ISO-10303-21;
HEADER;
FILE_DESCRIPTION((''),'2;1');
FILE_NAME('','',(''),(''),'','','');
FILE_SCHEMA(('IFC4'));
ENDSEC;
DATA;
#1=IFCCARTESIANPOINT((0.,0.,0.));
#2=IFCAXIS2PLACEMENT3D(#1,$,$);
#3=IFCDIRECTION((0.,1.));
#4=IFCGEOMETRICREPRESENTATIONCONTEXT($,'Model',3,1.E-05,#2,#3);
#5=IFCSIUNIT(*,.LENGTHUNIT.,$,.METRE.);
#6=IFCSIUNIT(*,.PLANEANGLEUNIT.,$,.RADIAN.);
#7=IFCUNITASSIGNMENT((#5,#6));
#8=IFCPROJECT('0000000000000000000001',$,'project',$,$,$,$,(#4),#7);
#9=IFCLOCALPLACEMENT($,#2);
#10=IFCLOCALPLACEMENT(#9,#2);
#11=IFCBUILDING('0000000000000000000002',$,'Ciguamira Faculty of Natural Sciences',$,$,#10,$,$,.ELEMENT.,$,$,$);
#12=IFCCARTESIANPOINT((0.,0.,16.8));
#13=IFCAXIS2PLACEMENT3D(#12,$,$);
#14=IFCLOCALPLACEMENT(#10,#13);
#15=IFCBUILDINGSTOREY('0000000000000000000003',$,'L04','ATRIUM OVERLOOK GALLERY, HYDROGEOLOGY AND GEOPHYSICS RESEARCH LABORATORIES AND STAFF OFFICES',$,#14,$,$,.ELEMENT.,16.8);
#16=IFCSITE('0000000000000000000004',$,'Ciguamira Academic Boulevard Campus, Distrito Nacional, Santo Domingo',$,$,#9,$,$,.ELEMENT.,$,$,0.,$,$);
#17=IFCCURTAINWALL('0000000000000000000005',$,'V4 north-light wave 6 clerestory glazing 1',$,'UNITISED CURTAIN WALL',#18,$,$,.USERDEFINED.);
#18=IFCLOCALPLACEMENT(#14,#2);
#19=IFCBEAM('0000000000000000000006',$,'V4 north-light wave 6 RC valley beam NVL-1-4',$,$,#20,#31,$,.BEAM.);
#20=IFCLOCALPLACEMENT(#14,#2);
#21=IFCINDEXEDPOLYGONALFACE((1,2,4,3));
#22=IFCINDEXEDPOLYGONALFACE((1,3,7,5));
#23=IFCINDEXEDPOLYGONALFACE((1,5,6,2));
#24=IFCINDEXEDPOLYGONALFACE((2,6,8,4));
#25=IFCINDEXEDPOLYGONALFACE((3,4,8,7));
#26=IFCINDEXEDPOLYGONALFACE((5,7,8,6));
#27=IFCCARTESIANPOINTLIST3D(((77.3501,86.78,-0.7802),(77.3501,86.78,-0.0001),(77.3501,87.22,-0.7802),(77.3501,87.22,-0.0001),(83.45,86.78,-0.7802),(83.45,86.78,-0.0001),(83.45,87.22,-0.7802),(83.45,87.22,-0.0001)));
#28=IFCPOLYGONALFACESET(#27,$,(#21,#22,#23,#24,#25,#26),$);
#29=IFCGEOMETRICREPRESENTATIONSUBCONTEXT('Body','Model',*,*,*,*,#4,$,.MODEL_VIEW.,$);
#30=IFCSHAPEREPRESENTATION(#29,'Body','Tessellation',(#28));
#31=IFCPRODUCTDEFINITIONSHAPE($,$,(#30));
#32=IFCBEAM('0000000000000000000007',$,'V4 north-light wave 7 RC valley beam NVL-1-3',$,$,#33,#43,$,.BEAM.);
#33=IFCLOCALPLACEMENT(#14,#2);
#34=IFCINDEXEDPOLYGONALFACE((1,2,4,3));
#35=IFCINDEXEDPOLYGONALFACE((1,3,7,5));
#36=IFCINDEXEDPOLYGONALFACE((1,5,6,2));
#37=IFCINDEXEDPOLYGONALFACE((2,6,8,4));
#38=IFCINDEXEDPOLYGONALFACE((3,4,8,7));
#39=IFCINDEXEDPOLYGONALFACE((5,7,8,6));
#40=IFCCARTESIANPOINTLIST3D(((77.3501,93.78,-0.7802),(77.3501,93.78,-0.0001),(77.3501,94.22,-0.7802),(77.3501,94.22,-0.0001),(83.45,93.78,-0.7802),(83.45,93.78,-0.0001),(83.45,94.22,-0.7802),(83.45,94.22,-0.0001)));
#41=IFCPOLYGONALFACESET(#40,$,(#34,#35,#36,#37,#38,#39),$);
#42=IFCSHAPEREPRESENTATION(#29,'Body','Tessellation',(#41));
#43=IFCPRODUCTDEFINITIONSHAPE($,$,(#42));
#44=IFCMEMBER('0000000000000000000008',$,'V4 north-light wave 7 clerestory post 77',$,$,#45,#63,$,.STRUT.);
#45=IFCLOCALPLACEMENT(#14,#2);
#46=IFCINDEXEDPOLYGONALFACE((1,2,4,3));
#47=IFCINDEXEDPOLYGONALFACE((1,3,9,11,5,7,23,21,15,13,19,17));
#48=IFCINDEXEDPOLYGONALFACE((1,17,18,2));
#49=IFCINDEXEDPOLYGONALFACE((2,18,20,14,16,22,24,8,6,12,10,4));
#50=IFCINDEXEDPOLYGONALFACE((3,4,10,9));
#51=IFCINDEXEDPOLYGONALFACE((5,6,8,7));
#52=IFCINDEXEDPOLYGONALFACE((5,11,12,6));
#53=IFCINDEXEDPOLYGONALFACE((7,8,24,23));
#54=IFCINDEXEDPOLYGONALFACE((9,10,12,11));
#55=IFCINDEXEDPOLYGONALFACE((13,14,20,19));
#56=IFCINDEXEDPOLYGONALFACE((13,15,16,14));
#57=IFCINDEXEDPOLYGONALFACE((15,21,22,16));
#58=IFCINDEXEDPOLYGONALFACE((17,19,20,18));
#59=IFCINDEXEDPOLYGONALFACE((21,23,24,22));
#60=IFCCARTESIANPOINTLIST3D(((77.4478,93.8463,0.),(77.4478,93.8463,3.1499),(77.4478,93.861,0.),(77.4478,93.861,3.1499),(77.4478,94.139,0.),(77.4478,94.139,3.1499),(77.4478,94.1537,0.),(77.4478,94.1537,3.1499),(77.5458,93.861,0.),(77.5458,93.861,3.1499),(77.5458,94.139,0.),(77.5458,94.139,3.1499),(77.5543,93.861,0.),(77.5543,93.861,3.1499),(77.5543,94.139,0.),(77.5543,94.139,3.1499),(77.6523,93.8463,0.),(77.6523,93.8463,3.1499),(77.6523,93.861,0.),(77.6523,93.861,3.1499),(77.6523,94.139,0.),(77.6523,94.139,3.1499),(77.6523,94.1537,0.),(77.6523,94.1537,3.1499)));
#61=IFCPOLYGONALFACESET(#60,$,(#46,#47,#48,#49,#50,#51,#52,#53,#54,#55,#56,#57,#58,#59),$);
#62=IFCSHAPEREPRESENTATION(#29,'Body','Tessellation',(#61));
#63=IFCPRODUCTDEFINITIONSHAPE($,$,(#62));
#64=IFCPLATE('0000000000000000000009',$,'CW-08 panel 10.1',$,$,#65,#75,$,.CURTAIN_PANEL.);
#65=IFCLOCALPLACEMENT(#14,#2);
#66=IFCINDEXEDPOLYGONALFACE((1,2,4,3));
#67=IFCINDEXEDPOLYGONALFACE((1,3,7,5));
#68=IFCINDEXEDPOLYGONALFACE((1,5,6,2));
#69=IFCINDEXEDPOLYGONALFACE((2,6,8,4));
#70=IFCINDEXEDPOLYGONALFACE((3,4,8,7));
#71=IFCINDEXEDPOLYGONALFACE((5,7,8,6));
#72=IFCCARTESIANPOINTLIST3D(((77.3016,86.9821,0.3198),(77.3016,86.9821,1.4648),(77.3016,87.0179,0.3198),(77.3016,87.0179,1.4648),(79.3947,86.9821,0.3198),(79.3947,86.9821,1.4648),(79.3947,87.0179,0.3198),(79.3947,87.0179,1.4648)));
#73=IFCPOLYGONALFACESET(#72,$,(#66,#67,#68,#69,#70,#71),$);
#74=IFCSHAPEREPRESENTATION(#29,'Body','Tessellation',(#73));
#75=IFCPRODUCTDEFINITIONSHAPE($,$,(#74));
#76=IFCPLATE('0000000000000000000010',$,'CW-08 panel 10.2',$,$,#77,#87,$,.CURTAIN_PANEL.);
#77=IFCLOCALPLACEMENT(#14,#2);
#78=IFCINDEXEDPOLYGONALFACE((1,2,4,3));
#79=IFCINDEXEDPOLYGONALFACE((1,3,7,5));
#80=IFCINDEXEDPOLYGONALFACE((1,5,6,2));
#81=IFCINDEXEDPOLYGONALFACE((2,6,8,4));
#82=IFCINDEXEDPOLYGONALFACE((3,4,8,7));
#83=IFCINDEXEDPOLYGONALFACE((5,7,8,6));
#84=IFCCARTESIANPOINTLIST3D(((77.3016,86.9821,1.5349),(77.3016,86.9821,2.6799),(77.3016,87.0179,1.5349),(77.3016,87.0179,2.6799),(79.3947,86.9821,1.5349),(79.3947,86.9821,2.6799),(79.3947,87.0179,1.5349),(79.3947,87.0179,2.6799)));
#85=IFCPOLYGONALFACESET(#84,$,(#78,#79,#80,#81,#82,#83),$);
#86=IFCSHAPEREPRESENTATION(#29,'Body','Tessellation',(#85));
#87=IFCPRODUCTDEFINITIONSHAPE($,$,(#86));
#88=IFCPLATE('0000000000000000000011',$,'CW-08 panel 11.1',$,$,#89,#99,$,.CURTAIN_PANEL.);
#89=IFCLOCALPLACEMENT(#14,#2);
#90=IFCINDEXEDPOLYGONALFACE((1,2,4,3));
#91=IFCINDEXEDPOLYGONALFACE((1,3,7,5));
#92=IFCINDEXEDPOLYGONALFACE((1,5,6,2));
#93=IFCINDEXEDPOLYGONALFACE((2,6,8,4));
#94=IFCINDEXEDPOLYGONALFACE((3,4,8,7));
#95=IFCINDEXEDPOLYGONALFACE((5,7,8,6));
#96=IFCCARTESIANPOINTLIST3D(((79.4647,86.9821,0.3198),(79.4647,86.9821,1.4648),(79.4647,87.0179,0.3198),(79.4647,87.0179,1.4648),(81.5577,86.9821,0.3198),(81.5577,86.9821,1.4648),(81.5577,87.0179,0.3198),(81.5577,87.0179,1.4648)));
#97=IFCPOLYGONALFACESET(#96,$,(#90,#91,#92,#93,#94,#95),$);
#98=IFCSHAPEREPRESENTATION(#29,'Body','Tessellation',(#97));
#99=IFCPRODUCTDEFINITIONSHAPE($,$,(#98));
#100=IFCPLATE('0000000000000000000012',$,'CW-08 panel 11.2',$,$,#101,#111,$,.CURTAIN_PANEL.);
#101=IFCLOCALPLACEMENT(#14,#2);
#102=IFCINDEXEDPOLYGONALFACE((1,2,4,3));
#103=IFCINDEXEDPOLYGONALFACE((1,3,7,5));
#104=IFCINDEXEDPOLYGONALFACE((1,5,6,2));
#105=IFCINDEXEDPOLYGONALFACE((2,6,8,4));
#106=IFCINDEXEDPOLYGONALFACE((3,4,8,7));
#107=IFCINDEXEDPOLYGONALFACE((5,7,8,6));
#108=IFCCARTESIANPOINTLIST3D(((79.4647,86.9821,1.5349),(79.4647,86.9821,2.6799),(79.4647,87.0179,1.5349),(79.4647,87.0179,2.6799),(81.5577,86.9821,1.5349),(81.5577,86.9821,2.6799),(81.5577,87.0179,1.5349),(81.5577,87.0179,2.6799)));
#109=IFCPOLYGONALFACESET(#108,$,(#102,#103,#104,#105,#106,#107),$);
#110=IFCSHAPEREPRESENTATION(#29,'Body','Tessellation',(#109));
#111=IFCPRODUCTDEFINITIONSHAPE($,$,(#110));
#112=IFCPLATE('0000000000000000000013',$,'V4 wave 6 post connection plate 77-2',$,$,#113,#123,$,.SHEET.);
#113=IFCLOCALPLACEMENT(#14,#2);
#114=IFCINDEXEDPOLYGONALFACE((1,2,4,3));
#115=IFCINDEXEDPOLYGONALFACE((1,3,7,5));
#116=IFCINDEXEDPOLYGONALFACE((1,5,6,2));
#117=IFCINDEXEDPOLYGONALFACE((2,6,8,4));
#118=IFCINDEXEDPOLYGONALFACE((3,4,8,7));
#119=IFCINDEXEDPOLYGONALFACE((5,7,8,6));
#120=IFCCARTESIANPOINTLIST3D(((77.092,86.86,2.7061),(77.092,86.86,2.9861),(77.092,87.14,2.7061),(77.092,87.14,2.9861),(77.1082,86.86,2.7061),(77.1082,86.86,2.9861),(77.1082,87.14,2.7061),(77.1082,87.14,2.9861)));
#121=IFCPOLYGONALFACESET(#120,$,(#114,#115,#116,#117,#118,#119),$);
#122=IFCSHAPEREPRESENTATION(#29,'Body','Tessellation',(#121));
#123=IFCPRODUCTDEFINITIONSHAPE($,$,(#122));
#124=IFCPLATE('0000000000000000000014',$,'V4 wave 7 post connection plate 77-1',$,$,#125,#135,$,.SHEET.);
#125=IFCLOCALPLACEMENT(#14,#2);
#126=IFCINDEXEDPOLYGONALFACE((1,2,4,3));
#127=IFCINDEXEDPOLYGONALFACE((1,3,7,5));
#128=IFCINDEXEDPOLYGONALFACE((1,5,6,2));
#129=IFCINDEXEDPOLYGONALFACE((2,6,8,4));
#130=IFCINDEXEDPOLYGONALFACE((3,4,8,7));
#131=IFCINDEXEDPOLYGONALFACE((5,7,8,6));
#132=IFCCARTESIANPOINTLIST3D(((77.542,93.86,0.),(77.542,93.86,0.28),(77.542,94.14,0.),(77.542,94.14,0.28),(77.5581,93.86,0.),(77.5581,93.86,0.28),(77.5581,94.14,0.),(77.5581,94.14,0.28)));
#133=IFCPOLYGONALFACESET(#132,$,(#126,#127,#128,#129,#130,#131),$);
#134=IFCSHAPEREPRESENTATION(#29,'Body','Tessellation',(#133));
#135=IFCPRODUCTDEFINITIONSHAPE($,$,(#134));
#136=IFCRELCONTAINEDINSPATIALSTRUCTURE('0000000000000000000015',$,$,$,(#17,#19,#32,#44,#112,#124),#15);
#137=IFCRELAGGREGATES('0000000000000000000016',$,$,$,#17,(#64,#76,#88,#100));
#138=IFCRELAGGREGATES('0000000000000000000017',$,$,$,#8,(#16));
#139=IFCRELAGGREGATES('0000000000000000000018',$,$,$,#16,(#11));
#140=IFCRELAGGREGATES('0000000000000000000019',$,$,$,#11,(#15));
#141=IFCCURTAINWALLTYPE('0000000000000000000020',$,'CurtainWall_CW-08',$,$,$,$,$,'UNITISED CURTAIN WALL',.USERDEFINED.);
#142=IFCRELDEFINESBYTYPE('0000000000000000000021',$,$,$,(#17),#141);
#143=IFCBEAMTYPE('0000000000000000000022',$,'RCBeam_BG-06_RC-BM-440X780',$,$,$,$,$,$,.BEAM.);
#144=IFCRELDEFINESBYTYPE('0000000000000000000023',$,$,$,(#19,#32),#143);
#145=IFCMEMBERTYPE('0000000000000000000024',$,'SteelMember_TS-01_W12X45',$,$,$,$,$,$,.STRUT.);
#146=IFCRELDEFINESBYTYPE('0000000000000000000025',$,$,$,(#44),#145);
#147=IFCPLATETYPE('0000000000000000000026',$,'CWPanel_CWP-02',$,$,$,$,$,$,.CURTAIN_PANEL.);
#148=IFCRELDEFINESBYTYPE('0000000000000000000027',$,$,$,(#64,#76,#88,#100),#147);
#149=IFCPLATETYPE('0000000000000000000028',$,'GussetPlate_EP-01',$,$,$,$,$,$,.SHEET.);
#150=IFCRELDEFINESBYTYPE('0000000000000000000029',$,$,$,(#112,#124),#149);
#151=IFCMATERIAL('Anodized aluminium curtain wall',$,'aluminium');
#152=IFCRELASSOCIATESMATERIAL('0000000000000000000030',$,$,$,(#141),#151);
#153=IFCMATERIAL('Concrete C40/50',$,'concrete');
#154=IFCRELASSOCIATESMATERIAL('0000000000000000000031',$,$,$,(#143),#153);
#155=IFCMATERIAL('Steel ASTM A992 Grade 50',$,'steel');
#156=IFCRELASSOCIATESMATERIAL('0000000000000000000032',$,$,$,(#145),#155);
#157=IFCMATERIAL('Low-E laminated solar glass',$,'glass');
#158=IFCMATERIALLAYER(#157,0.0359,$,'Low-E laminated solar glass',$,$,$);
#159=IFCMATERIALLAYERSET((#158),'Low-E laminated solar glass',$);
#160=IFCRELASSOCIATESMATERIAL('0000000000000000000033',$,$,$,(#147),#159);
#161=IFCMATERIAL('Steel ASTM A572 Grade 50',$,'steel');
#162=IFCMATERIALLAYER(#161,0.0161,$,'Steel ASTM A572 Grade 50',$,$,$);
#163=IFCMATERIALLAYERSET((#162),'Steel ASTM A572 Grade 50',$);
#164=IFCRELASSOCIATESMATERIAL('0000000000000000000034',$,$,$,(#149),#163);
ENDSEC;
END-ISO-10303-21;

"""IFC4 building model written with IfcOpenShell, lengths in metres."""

from ifc_helpers import new_model, si_unit, direction, frame, origin, origin_2d, place, context, subcontext, project, spatial, rectangle, i_section, extrude, material, layer, layer_set, material_profile, profile_set, type_object, element, aggregate, save


model = new_model("IFC4")

# Units and contexts
model_context = context("Model", 3, precision=1e-05, world=origin(), true_north=direction((0.0, 1.0)))
body_context = subcontext(model_context, "Body", "Model", "MODEL_VIEW")
ifc_project = project(units=[si_unit("LENGTHUNIT", "METRE"), si_unit("PLANEANGLEUNIT", "RADIAN")], contexts=[model_context])

# Site, building, storey
site_placement = place(None, origin())
site = spatial("IfcSite", under=ifc_project, at=site_placement, Name="Ciguamira Academic Boulevard Campus, Distrito Nacional, Santo Domingo", CompositionType="ELEMENT", RefElevation=0.0)
building_placement = place(site_placement, origin())
building = spatial("IfcBuilding", under=site, at=building_placement, Name="Ciguamira Faculty of Natural Sciences", CompositionType="ELEMENT")
storey_placement = place(building_placement, frame((0.0, 0.0, 16.8)))
storey = spatial("IfcBuildingStorey", under=building, at=storey_placement, Name="L04", Description="ATRIUM OVERLOOK GALLERY, HYDROGEOLOGY AND GEOPHYSICS RESEARCH LABORATORIES AND STAFF OFFICES", CompositionType="ELEMENT", Elevation=16.8)

# Curtain wall
ifc_material_1 = material(Name="Anodized aluminium curtain wall", Category="aluminium")
curtain_wall_type_1 = type_object("IfcCurtainWallType", Name="CurtainWall_CW-08", ElementType="UNITISED CURTAIN WALL", PredefinedType="USERDEFINED", material=ifc_material_1)
curtain_wall_1_placement = place(storey_placement, origin())
curtain_wall_1 = element("IfcCurtainWall", 1, at=curtain_wall_1_placement, inside=storey, type_object=curtain_wall_type_1, Name="V4 north-light wave 6 clerestory glazing 1", ObjectType="UNITISED CURTAIN WALL", PredefinedType="USERDEFINED")

# Beams
ifc_material_2 = material(Name="Concrete C40/50", Category="concrete")
ifc_material_profile_1 = material_profile(ifc_material_2, rectangle(XDim=0.4399, YDim=0.78, at=origin_2d()), Name="RC-BM-440X780")
ifc_profile_set_1 = profile_set([ifc_material_profile_1], Name="Concrete C40/50")
beam_type = type_object("IfcBeamType", Name="RCBeam_BG-06_RC-BM-440X780", PredefinedType="BEAM", material=ifc_profile_set_1)
for number, where, z_axis, x_axis, name in (
    (2, (77.3501, 87.0, -0.3901), (1.0, 0.0, 0.0), (0.0, 1.0, 0.0), "V4 north-light wave 6 RC valley beam NVL-1-4"),
    (3, (77.3501, 94.0, -0.3901), (1.0, 0.0, 0.0), (0.0, 1.0, 0.0), "V4 north-light wave 7 RC valley beam NVL-1-3"),
):
    element("IfcBeam", number, at=place(storey_placement, frame(where, z_axis=z_axis, x_axis=x_axis)), inside=storey, type_object=beam_type, Name=name, PredefinedType="BEAM", context=body_context, shape_type="SweptSolid", body=[
        extrude(rectangle(XDim=0.4399, YDim=0.78, at=origin_2d()), origin(), (0.0, 0.0, 1.0), 6.0999),
    ])

# Member
ifc_material_3 = material(Name="Steel ASTM A992 Grade 50", Category="steel")
ifc_material_profile_2 = material_profile(ifc_material_3, i_section(OverallWidth=0.2046, OverallDepth=0.3074, WebThickness=0.0085, FlangeThickness=0.0146, at=origin_2d()), Name="W12X45")
ifc_profile_set_2 = profile_set([ifc_material_profile_2], Name="Steel ASTM A992 Grade 50")
member_type_1 = type_object("IfcMemberType", Name="SteelMember_TS-01_W12X45", PredefinedType="STRUT", material=ifc_profile_set_2)
member_1_placement = place(storey_placement, frame((77.55, 94.0, 0.0), z_axis=(0.0, 0.0, 1.0), x_axis=(1.0, 0.0, 0.0)))
element("IfcMember", 4, at=member_1_placement, inside=storey, type_object=member_type_1, Name="V4 north-light wave 7 clerestory post 77", PredefinedType="STRUT", context=body_context, shape_type="SweptSolid", body=[
    extrude(i_section(OverallWidth=0.2046, OverallDepth=0.3074, WebThickness=0.0085, FlangeThickness=0.0146, at=origin_2d()), origin(), (0.0, 0.0, 1.0), 3.1499),
])

# Plates
ifc_material_4 = material(Name="Low-E laminated solar glass", Category="glass")
ifc_layer_1 = layer(ifc_material_4, 0.0359, Name="Low-E laminated solar glass")
ifc_layer_set_1 = layer_set([ifc_layer_1], Name="Low-E laminated solar glass")
plate_type_1 = type_object("IfcPlateType", Name="CWPanel_CWP-02", PredefinedType="CURTAIN_PANEL", material=ifc_layer_set_1)
plate_1_placement = place(storey_placement, frame((78.3481, 87.0, 0.3198), z_axis=(0.0, 0.0, 1.0), x_axis=(1.0, 0.0, 0.0)))
plate_1 = element("IfcPlate", 5, at=plate_1_placement, type_object=plate_type_1, Name="CW-08 panel 10.1", PredefinedType="CURTAIN_PANEL", context=body_context, shape_type="SweptSolid", body=[
    extrude(rectangle(XDim=2.093, YDim=0.0359, at=origin_2d()), origin(), (0.0, 0.0, 1.0), 1.145),
])
plate_2_placement = place(storey_placement, frame((78.3481, 87.0, 1.5349), z_axis=(0.0, 0.0, 1.0), x_axis=(1.0, 0.0, 0.0)))
plate_2 = element("IfcPlate", 6, at=plate_2_placement, type_object=plate_type_1, Name="CW-08 panel 10.2", PredefinedType="CURTAIN_PANEL", context=body_context, shape_type="SweptSolid", body=[
    extrude(rectangle(XDim=2.093, YDim=0.0359, at=origin_2d()), origin(), (0.0, 0.0, 1.0), 1.145),
])
plate_3_placement = place(storey_placement, frame((80.5112, 87.0, 0.3198), z_axis=(0.0, 0.0, 1.0), x_axis=(1.0, 0.0, 0.0)))
plate_3 = element("IfcPlate", 7, at=plate_3_placement, type_object=plate_type_1, Name="CW-08 panel 11.1", PredefinedType="CURTAIN_PANEL", context=body_context, shape_type="SweptSolid", body=[
    extrude(rectangle(XDim=2.093, YDim=0.0359, at=origin_2d()), origin(), (0.0, 0.0, 1.0), 1.145),
])
plate_4_placement = place(storey_placement, frame((80.5112, 87.0, 1.5349), z_axis=(0.0, 0.0, 1.0), x_axis=(1.0, 0.0, 0.0)))
plate_4 = element("IfcPlate", 8, at=plate_4_placement, type_object=plate_type_1, Name="CW-08 panel 11.2", PredefinedType="CURTAIN_PANEL", context=body_context, shape_type="SweptSolid", body=[
    extrude(rectangle(XDim=2.093, YDim=0.0359, at=origin_2d()), origin(), (0.0, 0.0, 1.0), 1.145),
])
aggregate(curtain_wall_1, [plate_1, plate_2, plate_3, plate_4])

# Plates
ifc_material_5 = material(Name="Steel ASTM A572 Grade 50", Category="steel")
ifc_layer_2 = layer(ifc_material_5, 0.0161, Name="Steel ASTM A572 Grade 50")
ifc_layer_set_2 = layer_set([ifc_layer_2], Name="Steel ASTM A572 Grade 50")
plate_type_2 = type_object("IfcPlateType", Name="GussetPlate_EP-01", PredefinedType="SHEET", material=ifc_layer_set_2)
for number, where, z_axis, x_axis, name in (
    (9, (77.1001, 87.0, 2.7061), (0.0, 0.0, 1.0), (1.0, 0.0, 0.0), "V4 wave 6 post connection plate 77-2"),
    (10, (77.55, 94.0, 0.0), (0.0, 0.0, 1.0), (1.0, 0.0, 0.0), "V4 wave 7 post connection plate 77-1"),
):
    element("IfcPlate", number, at=place(storey_placement, frame(where, z_axis=z_axis, x_axis=x_axis)), inside=storey, type_object=plate_type_2, Name=name, PredefinedType="SHEET", context=body_context, shape_type="SweptSolid", body=[
        extrude(rectangle(XDim=0.0161, YDim=0.28, at=origin_2d()), origin(), (0.0, 0.0, 1.0), 0.28),
    ])

save(model, "model.ifc")
